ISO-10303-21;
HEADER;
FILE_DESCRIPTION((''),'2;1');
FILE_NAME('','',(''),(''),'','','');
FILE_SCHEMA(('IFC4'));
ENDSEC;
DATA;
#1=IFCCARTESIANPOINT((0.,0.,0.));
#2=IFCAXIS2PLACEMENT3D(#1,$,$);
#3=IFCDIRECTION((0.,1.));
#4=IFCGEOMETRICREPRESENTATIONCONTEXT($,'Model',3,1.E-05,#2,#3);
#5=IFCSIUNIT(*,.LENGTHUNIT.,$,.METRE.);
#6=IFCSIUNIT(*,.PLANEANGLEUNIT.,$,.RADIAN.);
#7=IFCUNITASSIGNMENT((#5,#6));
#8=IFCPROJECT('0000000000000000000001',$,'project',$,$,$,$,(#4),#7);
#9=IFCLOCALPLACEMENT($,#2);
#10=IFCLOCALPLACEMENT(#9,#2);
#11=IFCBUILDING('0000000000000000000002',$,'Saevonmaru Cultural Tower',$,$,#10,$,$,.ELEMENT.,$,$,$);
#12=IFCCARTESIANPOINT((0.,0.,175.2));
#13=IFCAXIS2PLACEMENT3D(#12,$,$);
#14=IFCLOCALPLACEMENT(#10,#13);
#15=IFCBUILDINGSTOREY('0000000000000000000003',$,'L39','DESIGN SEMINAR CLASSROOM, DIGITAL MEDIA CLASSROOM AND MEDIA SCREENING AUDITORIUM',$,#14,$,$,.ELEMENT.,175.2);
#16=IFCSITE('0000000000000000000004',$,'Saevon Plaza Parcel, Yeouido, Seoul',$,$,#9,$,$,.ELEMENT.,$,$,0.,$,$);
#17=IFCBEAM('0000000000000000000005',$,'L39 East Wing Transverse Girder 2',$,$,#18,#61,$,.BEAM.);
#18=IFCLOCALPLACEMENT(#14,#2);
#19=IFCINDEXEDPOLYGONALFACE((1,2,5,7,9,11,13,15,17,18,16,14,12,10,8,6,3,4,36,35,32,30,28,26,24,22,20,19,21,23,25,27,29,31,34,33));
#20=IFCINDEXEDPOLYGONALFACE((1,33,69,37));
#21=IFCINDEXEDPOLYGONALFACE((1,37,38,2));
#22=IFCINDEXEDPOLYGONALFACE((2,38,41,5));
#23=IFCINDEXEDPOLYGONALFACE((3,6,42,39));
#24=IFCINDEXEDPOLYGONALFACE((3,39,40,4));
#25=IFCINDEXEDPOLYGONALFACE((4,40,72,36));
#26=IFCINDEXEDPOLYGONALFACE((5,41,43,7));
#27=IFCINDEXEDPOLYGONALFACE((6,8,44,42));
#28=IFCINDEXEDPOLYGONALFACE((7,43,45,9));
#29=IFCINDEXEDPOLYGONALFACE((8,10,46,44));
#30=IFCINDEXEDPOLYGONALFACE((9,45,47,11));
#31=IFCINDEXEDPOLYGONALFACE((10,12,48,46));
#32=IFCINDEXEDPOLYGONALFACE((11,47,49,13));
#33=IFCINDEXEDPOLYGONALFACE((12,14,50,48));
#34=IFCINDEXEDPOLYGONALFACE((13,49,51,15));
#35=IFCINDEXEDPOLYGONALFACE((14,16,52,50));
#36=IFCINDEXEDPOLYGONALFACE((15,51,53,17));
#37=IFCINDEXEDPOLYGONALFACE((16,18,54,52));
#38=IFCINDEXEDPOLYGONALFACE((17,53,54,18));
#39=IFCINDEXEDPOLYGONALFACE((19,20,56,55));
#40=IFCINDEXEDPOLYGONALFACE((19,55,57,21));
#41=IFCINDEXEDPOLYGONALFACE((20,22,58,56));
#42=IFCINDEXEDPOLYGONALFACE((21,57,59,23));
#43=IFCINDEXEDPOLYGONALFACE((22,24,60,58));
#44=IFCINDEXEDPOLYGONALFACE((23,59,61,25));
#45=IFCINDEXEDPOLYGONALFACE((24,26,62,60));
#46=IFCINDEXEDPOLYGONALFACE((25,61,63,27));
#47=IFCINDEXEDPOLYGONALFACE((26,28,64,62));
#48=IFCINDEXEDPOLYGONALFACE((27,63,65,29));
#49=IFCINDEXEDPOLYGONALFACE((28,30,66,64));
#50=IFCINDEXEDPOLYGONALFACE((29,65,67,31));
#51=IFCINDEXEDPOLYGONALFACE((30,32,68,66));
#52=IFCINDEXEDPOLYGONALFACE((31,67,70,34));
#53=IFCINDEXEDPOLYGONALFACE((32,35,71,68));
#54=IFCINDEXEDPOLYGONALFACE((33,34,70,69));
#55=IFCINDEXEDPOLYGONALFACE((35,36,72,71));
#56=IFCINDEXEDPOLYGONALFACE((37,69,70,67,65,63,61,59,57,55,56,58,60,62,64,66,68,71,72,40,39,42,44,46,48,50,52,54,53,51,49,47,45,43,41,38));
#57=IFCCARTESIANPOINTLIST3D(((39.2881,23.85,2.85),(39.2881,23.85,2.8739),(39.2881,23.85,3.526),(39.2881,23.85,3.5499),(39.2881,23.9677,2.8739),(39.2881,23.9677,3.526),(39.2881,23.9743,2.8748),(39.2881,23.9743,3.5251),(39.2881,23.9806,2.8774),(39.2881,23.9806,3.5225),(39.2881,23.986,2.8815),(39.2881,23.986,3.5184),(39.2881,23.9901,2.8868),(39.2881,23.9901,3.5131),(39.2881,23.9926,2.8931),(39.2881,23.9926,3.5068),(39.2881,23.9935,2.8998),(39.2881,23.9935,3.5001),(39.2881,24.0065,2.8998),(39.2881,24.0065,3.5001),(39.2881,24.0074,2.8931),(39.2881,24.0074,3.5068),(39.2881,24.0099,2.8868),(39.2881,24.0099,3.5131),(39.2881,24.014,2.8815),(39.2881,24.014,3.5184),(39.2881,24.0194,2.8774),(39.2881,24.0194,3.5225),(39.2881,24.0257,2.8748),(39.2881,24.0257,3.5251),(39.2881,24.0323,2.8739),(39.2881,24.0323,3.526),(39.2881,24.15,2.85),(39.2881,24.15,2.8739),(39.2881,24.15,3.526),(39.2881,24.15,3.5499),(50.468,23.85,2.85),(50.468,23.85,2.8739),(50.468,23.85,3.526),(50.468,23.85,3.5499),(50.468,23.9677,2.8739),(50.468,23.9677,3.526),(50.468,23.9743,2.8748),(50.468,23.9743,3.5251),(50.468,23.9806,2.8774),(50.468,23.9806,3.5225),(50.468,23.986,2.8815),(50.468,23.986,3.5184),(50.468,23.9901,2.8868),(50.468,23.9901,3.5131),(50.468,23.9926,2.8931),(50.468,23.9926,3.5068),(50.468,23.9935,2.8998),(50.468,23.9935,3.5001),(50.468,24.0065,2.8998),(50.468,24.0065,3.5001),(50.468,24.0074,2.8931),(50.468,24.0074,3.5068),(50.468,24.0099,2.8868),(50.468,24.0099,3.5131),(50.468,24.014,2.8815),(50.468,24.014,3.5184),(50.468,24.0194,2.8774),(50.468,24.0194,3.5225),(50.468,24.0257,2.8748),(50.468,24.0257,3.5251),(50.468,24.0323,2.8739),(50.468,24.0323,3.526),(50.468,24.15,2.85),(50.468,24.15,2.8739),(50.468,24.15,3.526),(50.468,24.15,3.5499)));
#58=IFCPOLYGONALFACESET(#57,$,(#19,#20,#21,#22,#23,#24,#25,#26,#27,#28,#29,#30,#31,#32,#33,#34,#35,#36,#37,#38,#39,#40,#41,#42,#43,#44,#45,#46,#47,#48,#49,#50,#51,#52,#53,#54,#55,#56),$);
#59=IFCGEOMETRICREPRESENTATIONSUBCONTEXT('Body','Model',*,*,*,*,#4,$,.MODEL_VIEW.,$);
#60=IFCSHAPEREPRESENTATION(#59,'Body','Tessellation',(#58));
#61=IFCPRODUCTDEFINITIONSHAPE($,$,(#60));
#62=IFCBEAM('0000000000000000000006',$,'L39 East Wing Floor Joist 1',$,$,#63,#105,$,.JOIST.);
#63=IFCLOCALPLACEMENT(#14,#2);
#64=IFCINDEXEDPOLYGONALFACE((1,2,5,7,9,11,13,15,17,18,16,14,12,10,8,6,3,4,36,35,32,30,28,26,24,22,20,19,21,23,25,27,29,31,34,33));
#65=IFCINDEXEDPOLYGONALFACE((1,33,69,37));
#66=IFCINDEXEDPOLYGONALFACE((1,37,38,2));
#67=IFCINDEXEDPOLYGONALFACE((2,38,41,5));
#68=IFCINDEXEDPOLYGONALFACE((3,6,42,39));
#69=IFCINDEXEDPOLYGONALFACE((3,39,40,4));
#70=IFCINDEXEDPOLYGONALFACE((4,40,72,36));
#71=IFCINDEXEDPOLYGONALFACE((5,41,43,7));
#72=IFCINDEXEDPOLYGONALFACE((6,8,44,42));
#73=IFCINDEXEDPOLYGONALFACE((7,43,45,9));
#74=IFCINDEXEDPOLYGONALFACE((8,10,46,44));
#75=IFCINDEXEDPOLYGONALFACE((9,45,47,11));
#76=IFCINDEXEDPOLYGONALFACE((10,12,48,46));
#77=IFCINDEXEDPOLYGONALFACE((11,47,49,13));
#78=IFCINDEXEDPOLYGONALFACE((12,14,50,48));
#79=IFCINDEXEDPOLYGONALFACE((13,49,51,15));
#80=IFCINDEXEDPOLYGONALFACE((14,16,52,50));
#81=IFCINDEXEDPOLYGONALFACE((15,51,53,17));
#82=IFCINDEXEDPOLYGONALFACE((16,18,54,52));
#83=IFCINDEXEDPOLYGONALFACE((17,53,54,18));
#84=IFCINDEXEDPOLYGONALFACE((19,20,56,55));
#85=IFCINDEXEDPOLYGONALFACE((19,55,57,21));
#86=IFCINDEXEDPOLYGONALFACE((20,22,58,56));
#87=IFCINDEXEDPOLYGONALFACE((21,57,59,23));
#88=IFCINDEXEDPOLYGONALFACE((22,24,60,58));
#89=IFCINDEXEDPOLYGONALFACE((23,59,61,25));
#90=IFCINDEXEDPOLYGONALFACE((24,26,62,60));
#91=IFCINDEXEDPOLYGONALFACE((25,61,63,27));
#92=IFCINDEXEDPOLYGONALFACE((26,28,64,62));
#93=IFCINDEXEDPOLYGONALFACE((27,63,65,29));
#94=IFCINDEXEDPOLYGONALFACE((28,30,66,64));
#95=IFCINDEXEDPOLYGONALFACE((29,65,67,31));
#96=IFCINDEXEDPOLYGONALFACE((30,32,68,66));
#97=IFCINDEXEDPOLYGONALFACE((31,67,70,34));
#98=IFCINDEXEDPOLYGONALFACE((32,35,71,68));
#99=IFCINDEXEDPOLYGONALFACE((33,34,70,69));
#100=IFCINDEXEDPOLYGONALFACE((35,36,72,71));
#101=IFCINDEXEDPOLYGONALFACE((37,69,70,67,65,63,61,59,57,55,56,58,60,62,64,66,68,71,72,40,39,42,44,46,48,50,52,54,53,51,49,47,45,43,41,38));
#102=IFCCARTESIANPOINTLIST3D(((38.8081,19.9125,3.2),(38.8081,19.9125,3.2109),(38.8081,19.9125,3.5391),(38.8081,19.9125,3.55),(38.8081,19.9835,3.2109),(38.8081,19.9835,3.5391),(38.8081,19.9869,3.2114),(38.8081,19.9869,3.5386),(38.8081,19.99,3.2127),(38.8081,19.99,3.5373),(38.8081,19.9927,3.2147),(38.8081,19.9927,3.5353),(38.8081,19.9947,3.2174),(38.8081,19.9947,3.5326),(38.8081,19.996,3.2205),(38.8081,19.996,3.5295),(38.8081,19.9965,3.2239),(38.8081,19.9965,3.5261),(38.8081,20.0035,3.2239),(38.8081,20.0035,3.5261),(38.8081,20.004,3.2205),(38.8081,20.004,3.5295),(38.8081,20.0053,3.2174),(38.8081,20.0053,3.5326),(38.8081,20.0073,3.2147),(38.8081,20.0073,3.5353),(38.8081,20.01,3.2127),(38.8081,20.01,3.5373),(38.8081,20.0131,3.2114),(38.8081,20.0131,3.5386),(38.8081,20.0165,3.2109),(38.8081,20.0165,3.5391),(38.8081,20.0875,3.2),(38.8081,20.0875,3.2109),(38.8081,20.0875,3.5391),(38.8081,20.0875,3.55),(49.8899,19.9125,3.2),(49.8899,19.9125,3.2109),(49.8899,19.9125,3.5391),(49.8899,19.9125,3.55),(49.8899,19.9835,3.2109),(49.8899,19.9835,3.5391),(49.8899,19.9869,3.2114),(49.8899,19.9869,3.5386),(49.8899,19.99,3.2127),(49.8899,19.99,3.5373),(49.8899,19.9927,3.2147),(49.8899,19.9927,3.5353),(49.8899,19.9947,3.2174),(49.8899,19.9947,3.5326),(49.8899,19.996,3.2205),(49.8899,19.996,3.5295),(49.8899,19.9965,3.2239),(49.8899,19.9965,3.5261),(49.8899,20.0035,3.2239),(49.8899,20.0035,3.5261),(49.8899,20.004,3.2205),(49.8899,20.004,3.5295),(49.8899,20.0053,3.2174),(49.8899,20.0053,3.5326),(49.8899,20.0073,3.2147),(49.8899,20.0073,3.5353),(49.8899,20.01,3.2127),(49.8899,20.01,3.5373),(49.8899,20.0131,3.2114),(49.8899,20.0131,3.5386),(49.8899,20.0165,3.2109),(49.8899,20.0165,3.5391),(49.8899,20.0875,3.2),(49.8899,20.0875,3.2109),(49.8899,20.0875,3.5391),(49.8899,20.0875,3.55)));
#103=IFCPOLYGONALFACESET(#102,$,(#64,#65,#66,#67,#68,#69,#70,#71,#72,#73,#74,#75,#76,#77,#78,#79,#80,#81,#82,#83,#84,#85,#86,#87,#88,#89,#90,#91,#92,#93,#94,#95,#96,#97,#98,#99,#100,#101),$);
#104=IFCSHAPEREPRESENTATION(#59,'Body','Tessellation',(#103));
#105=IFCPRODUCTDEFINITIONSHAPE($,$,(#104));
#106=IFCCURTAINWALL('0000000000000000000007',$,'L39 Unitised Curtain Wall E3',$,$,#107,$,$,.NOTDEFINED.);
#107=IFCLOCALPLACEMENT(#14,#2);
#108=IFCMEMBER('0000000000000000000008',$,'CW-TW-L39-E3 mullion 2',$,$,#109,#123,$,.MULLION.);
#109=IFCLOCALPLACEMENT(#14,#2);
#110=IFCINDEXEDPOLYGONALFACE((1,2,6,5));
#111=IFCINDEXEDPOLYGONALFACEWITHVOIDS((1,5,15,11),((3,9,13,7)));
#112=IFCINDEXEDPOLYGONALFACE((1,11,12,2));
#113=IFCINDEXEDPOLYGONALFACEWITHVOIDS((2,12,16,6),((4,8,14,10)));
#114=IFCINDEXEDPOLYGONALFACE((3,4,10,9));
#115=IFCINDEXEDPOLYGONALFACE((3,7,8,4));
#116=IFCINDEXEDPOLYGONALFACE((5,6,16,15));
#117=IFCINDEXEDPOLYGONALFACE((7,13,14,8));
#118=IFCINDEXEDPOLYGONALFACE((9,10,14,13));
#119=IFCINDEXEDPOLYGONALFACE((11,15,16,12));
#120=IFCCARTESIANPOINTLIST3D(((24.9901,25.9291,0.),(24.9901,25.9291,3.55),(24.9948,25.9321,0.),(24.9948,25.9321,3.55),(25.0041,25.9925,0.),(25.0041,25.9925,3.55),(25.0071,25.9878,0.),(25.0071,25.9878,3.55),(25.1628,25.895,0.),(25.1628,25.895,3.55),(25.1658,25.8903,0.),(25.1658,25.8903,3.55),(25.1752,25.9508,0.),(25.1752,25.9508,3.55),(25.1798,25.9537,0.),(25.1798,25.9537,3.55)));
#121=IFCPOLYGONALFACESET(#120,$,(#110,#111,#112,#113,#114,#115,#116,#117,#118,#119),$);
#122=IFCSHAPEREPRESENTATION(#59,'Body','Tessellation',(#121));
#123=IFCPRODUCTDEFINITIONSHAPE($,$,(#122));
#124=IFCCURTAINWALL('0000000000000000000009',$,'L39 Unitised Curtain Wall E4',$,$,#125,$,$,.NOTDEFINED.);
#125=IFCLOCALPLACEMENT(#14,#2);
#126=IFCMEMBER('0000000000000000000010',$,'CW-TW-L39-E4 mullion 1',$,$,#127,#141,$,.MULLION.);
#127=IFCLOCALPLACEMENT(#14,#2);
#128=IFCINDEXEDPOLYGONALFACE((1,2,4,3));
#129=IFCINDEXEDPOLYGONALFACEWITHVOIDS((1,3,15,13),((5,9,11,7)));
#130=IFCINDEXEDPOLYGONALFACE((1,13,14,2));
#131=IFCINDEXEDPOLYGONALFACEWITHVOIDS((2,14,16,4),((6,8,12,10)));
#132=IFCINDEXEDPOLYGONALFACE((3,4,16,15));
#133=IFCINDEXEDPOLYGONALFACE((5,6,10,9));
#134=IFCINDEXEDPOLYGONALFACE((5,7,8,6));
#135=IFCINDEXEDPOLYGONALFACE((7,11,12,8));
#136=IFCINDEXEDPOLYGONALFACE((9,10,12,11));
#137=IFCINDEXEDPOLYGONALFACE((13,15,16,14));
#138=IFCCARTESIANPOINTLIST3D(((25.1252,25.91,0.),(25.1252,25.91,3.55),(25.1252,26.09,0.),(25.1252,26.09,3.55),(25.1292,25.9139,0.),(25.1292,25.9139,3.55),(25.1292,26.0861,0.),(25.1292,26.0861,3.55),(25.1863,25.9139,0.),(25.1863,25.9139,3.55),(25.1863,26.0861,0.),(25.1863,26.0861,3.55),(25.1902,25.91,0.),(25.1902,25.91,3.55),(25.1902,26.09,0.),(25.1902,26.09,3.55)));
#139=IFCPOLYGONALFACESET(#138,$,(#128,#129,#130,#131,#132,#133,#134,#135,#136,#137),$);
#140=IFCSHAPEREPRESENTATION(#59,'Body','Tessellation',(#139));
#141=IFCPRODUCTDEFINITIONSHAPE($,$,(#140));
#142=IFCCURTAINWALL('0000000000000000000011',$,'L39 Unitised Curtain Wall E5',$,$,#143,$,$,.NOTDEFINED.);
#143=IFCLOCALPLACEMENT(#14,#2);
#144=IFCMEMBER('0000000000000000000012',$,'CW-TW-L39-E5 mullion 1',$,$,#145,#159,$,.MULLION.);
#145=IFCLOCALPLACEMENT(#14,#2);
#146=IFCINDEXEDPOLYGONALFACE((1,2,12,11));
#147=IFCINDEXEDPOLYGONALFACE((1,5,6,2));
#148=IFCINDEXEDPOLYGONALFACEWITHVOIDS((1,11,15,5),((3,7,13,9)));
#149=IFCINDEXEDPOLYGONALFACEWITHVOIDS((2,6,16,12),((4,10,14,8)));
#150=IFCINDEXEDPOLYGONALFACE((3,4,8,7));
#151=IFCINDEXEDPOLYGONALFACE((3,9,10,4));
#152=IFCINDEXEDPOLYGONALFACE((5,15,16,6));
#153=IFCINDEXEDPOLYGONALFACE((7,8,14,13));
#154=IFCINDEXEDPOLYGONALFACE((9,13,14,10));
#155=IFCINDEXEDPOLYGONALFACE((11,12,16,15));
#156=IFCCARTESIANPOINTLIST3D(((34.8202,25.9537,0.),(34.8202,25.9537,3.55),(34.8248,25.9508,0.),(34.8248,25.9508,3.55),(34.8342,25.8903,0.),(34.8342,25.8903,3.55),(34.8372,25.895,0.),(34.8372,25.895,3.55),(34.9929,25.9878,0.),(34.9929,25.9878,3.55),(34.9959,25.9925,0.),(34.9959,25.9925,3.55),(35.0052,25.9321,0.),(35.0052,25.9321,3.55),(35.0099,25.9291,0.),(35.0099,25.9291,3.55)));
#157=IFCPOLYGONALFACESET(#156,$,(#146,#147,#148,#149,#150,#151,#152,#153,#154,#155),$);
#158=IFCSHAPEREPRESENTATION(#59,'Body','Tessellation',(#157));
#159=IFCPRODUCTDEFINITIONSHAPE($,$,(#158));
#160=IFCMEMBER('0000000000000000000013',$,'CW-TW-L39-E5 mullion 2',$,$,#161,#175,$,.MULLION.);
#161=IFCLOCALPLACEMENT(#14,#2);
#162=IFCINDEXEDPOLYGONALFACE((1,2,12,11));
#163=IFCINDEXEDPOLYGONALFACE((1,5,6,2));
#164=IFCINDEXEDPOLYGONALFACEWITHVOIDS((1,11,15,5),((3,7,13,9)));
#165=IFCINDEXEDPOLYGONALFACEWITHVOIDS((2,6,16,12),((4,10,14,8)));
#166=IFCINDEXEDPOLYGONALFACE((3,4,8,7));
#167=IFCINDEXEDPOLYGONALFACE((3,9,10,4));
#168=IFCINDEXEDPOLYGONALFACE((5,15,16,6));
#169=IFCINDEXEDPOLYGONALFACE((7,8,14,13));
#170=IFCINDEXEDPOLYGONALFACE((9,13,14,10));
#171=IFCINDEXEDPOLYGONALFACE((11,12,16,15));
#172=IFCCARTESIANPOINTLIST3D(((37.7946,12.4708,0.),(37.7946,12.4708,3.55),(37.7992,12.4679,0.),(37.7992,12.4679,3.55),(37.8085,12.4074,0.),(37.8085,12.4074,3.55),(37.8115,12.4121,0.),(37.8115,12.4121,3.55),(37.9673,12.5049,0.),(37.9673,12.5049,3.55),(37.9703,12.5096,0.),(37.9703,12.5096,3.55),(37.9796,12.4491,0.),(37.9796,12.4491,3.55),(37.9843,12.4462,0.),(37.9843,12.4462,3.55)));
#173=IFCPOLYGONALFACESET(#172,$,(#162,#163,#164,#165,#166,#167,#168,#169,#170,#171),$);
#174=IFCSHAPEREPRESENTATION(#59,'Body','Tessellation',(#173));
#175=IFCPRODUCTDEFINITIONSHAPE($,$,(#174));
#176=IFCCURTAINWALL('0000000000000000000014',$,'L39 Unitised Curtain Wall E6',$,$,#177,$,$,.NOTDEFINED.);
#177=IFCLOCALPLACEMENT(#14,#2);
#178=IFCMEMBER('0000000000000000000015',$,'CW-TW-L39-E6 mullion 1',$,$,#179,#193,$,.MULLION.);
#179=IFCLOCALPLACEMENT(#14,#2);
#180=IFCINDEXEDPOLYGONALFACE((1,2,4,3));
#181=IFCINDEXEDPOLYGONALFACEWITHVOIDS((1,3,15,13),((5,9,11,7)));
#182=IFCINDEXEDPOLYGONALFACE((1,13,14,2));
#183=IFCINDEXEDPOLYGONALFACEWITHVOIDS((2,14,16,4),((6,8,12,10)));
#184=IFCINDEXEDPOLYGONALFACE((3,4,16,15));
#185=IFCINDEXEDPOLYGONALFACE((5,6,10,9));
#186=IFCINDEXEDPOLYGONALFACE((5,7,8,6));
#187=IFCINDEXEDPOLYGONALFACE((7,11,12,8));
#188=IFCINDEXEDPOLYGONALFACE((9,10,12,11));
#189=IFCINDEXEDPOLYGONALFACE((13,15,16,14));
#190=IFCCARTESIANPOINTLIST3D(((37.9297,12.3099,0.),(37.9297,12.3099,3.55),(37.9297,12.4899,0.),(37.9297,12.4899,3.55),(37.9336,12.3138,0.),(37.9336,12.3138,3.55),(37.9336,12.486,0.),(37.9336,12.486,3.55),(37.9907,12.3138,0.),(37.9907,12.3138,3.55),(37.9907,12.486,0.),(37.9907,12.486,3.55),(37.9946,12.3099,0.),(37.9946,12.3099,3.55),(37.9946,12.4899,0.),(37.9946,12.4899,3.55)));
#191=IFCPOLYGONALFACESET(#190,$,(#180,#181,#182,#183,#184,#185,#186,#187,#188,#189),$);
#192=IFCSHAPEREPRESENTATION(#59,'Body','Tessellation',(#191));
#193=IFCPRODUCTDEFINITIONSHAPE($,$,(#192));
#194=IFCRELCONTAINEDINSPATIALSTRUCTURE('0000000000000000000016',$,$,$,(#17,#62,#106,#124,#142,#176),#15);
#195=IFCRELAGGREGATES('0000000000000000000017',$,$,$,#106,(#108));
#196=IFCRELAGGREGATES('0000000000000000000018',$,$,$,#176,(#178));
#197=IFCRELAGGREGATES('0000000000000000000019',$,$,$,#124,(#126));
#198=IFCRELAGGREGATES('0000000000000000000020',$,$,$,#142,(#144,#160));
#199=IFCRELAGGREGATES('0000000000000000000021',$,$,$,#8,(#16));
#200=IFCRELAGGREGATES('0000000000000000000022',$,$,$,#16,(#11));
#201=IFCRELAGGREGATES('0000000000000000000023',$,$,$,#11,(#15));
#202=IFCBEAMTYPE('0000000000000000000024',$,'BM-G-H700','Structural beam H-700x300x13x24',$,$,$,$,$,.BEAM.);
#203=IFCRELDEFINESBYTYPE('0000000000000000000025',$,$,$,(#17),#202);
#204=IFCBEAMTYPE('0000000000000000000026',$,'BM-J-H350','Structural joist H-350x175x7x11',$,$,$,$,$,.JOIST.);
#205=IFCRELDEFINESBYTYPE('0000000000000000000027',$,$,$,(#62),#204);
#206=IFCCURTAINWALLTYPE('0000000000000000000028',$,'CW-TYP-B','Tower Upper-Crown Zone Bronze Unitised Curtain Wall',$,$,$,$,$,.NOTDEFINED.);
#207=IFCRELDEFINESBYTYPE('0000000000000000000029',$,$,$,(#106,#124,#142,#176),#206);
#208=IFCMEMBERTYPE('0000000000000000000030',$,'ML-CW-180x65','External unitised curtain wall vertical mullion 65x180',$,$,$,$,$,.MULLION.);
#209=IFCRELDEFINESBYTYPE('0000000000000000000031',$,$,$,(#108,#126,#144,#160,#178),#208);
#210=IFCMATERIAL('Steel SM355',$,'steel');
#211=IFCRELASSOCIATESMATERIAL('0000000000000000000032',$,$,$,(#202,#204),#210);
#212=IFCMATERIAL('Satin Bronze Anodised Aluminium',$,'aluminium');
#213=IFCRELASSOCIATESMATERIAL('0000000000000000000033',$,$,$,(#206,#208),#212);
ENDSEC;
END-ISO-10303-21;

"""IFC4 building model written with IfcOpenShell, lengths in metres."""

from ifc_helpers import new_model, si_unit, direction, frame, origin, origin_2d, place, context, subcontext, project, spatial, hollow_rectangle, i_section, extrude, material, material_profile, profile_set, type_object, element, aggregate, save


model = new_model("IFC4")

# Units and contexts
model_context = context("Model", 3, precision=1e-05, world=origin(), true_north=direction((0.0, 1.0)))
body_context = subcontext(model_context, "Body", "Model", "MODEL_VIEW")
ifc_project = project(units=[si_unit("LENGTHUNIT", "METRE"), si_unit("PLANEANGLEUNIT", "RADIAN")], contexts=[model_context])

# Site, building, storey
site_placement = place(None, origin())
site = spatial("IfcSite", under=ifc_project, at=site_placement, Name="Saevon Plaza Parcel, Yeouido, Seoul", CompositionType="ELEMENT", RefElevation=0.0)
building_placement = place(site_placement, origin())
building = spatial("IfcBuilding", under=site, at=building_placement, Name="Saevonmaru Cultural Tower", CompositionType="ELEMENT")
storey_placement = place(building_placement, frame((0.0, 0.0, 175.2)))
storey = spatial("IfcBuildingStorey", under=building, at=storey_placement, Name="L39", Description="DESIGN SEMINAR CLASSROOM, DIGITAL MEDIA CLASSROOM AND MEDIA SCREENING AUDITORIUM", CompositionType="ELEMENT", Elevation=175.2)

# Shared definitions
ifc_material_1 = material(Name="Steel SM355", Category="steel")

# Beams
ifc_material_profile_1 = material_profile(ifc_material_1, i_section(OverallWidth=0.3, OverallDepth=0.7, WebThickness=0.0129, FlangeThickness=0.0239, FilletRadius=0.0259, at=origin_2d()), Name="H-700x300x13x24")
ifc_profile_set_1 = profile_set([ifc_material_profile_1], Name="Steel SM355")
beam_type_1 = type_object("IfcBeamType", Name="BM-G-H700", Description="Structural beam H-700x300x13x24", PredefinedType="BEAM", material=ifc_profile_set_1)
for number, where, z_axis, x_axis, name in (
    (1, (39.2881, 24.0, 3.2), (1.0, 0.0, 0.0), (0.0, 1.0, 0.0), "L39 East Wing Transverse Girder 2"),
):
    element("IfcBeam", number, at=place(storey_placement, frame(where, z_axis=z_axis, x_axis=x_axis)), inside=storey, type_object=beam_type_1, Name=name, PredefinedType="BEAM", context=body_context, shape_type="SweptSolid", body=[
        extrude(i_section(OverallWidth=0.3, OverallDepth=0.7, WebThickness=0.0129, FlangeThickness=0.0239, FilletRadius=0.0259, at=origin_2d()), origin(), (0.0, 0.0, 1.0), 11.1799),
    ])
ifc_material_profile_2 = material_profile(ifc_material_1, i_section(OverallWidth=0.175, OverallDepth=0.3501, WebThickness=0.0071, FlangeThickness=0.011, FilletRadius=0.0129, at=origin_2d()), Name="H-350x175x7x11")
ifc_profile_set_2 = profile_set([ifc_material_profile_2], Name="Steel SM355")
beam_type_2 = type_object("IfcBeamType", Name="BM-J-H350", Description="Structural joist H-350x175x7x11", PredefinedType="JOIST", material=ifc_profile_set_2)
beam_placement = place(storey_placement, frame((38.8081, 20.0, 3.375), z_axis=(1.0, 0.0, 0.0), x_axis=(0.0, 1.0, 0.0)))
element("IfcBeam", 2, at=beam_placement, inside=storey, type_object=beam_type_2, Name="L39 East Wing Floor Joist 1", PredefinedType="JOIST", context=body_context, shape_type="SweptSolid", body=[
    extrude(i_section(OverallWidth=0.175, OverallDepth=0.3501, WebThickness=0.0071, FlangeThickness=0.011, FilletRadius=0.0129, at=origin_2d()), origin(), (0.0, 0.0, 1.0), 11.0818),
])

# Curtain walls, members
ifc_material_2 = material(Name="Satin Bronze Anodised Aluminium", Category="aluminium")
curtain_wall_type = type_object("IfcCurtainWallType", Name="CW-TYP-B", Description="Tower Upper-Crown Zone Bronze Unitised Curtain Wall", PredefinedType="NOTDEFINED", material=ifc_material_2)
curtain_wall_1_placement = place(storey_placement, origin())
curtain_wall_1 = element("IfcCurtainWall", 3, at=curtain_wall_1_placement, inside=storey, type_object=curtain_wall_type, Name="L39 Unitised Curtain Wall E3", PredefinedType="NOTDEFINED")
ifc_material_profile_3 = material_profile(ifc_material_2, hollow_rectangle(XDim=0.0649, YDim=0.1799, WallThickness=0.0039, at=origin_2d()), Name="ALU-MULL-180x65x4")
ifc_profile_set_3 = profile_set([ifc_material_profile_3], Name="Satin Bronze Anodised Aluminium")
member_type_1 = type_object("IfcMemberType", Name="ML-CW-180x65", Description="External unitised curtain wall vertical mullion 65x180", PredefinedType="MULLION", material=ifc_profile_set_3)
member_1_placement = place(storey_placement, frame((25.085, 25.9414, 0.0), z_axis=(0.0, 0.0, 1.0), x_axis=(0.215413, 0.976523, 0.0)))
member_1 = element("IfcMember", 4, at=member_1_placement, type_object=member_type_1, Name="CW-TW-L39-E3 mullion 2", PredefinedType="MULLION", context=body_context, shape_type="SweptSolid", body=[
    extrude(hollow_rectangle(XDim=0.0649, YDim=0.1799, WallThickness=0.0039, at=origin_2d()), origin(), (0.0, 0.0, 1.0), 3.55),
])
aggregate(curtain_wall_1, [member_1])
curtain_wall_2_placement = place(storey_placement, origin())
curtain_wall_2 = element("IfcCurtainWall", 5, at=curtain_wall_2_placement, inside=storey, type_object=curtain_wall_type, Name="L39 Unitised Curtain Wall E4", PredefinedType="NOTDEFINED")
member_2_placement = place(storey_placement, frame((25.1577, 26.0, 0.0), z_axis=(0.0, 0.0, 1.0), x_axis=(1.0, 0.0, 0.0)))
member_2 = element("IfcMember", 6, at=member_2_placement, type_object=member_type_1, Name="CW-TW-L39-E4 mullion 1", PredefinedType="MULLION", context=body_context, shape_type="SweptSolid", body=[
    extrude(hollow_rectangle(XDim=0.0649, YDim=0.1799, WallThickness=0.0039, at=origin_2d()), origin(), (0.0, 0.0, 1.0), 3.55),
])

# Curtain wall, members
curtain_wall_3_placement = place(storey_placement, origin())
curtain_wall_3 = element("IfcCurtainWall", 7, at=curtain_wall_3_placement, inside=storey, type_object=curtain_wall_type, Name="L39 Unitised Curtain Wall E5", PredefinedType="NOTDEFINED")
member_3_placement = place(storey_placement, frame((34.915, 25.9414, 0.0), z_axis=(0.0, 0.0, 1.0), x_axis=(0.215413, -0.976523, 0.0)))
member_3 = element("IfcMember", 8, at=member_3_placement, type_object=member_type_1, Name="CW-TW-L39-E5 mullion 1", PredefinedType="MULLION", context=body_context, shape_type="SweptSolid", body=[
    extrude(hollow_rectangle(XDim=0.0649, YDim=0.1799, WallThickness=0.0039, at=origin_2d()), origin(), (0.0, 0.0, 1.0), 3.55),
])
member_4_placement = place(storey_placement, frame((37.8894, 12.4585, 0.0), z_axis=(0.0, 0.0, 1.0), x_axis=(0.215413, -0.976523, 0.0)))
member_4 = element("IfcMember", 9, at=member_4_placement, type_object=member_type_1, Name="CW-TW-L39-E5 mullion 2", PredefinedType="MULLION", context=body_context, shape_type="SweptSolid", body=[
    extrude(hollow_rectangle(XDim=0.0649, YDim=0.1799, WallThickness=0.0039, at=origin_2d()), origin(), (0.0, 0.0, 1.0), 3.55),
])

# Curtain wall, member
curtain_wall_4_placement = place(storey_placement, origin())
curtain_wall_4 = element("IfcCurtainWall", 10, at=curtain_wall_4_placement, inside=storey, type_object=curtain_wall_type, Name="L39 Unitised Curtain Wall E6", PredefinedType="NOTDEFINED")
member_5_placement = place(storey_placement, frame((37.9622, 12.3999, 0.0), z_axis=(0.0, 0.0, 1.0), x_axis=(1.0, 0.0, 0.0)))
member_5 = element("IfcMember", 11, at=member_5_placement, type_object=member_type_1, Name="CW-TW-L39-E6 mullion 1", PredefinedType="MULLION", context=body_context, shape_type="SweptSolid", body=[
    extrude(hollow_rectangle(XDim=0.0649, YDim=0.1799, WallThickness=0.0039, at=origin_2d()), origin(), (0.0, 0.0, 1.0), 3.55),
])

aggregate(curtain_wall_4, [member_5])

aggregate(curtain_wall_2, [member_2])
aggregate(curtain_wall_3, [member_3, member_4])

save(model, "model.ifc")
